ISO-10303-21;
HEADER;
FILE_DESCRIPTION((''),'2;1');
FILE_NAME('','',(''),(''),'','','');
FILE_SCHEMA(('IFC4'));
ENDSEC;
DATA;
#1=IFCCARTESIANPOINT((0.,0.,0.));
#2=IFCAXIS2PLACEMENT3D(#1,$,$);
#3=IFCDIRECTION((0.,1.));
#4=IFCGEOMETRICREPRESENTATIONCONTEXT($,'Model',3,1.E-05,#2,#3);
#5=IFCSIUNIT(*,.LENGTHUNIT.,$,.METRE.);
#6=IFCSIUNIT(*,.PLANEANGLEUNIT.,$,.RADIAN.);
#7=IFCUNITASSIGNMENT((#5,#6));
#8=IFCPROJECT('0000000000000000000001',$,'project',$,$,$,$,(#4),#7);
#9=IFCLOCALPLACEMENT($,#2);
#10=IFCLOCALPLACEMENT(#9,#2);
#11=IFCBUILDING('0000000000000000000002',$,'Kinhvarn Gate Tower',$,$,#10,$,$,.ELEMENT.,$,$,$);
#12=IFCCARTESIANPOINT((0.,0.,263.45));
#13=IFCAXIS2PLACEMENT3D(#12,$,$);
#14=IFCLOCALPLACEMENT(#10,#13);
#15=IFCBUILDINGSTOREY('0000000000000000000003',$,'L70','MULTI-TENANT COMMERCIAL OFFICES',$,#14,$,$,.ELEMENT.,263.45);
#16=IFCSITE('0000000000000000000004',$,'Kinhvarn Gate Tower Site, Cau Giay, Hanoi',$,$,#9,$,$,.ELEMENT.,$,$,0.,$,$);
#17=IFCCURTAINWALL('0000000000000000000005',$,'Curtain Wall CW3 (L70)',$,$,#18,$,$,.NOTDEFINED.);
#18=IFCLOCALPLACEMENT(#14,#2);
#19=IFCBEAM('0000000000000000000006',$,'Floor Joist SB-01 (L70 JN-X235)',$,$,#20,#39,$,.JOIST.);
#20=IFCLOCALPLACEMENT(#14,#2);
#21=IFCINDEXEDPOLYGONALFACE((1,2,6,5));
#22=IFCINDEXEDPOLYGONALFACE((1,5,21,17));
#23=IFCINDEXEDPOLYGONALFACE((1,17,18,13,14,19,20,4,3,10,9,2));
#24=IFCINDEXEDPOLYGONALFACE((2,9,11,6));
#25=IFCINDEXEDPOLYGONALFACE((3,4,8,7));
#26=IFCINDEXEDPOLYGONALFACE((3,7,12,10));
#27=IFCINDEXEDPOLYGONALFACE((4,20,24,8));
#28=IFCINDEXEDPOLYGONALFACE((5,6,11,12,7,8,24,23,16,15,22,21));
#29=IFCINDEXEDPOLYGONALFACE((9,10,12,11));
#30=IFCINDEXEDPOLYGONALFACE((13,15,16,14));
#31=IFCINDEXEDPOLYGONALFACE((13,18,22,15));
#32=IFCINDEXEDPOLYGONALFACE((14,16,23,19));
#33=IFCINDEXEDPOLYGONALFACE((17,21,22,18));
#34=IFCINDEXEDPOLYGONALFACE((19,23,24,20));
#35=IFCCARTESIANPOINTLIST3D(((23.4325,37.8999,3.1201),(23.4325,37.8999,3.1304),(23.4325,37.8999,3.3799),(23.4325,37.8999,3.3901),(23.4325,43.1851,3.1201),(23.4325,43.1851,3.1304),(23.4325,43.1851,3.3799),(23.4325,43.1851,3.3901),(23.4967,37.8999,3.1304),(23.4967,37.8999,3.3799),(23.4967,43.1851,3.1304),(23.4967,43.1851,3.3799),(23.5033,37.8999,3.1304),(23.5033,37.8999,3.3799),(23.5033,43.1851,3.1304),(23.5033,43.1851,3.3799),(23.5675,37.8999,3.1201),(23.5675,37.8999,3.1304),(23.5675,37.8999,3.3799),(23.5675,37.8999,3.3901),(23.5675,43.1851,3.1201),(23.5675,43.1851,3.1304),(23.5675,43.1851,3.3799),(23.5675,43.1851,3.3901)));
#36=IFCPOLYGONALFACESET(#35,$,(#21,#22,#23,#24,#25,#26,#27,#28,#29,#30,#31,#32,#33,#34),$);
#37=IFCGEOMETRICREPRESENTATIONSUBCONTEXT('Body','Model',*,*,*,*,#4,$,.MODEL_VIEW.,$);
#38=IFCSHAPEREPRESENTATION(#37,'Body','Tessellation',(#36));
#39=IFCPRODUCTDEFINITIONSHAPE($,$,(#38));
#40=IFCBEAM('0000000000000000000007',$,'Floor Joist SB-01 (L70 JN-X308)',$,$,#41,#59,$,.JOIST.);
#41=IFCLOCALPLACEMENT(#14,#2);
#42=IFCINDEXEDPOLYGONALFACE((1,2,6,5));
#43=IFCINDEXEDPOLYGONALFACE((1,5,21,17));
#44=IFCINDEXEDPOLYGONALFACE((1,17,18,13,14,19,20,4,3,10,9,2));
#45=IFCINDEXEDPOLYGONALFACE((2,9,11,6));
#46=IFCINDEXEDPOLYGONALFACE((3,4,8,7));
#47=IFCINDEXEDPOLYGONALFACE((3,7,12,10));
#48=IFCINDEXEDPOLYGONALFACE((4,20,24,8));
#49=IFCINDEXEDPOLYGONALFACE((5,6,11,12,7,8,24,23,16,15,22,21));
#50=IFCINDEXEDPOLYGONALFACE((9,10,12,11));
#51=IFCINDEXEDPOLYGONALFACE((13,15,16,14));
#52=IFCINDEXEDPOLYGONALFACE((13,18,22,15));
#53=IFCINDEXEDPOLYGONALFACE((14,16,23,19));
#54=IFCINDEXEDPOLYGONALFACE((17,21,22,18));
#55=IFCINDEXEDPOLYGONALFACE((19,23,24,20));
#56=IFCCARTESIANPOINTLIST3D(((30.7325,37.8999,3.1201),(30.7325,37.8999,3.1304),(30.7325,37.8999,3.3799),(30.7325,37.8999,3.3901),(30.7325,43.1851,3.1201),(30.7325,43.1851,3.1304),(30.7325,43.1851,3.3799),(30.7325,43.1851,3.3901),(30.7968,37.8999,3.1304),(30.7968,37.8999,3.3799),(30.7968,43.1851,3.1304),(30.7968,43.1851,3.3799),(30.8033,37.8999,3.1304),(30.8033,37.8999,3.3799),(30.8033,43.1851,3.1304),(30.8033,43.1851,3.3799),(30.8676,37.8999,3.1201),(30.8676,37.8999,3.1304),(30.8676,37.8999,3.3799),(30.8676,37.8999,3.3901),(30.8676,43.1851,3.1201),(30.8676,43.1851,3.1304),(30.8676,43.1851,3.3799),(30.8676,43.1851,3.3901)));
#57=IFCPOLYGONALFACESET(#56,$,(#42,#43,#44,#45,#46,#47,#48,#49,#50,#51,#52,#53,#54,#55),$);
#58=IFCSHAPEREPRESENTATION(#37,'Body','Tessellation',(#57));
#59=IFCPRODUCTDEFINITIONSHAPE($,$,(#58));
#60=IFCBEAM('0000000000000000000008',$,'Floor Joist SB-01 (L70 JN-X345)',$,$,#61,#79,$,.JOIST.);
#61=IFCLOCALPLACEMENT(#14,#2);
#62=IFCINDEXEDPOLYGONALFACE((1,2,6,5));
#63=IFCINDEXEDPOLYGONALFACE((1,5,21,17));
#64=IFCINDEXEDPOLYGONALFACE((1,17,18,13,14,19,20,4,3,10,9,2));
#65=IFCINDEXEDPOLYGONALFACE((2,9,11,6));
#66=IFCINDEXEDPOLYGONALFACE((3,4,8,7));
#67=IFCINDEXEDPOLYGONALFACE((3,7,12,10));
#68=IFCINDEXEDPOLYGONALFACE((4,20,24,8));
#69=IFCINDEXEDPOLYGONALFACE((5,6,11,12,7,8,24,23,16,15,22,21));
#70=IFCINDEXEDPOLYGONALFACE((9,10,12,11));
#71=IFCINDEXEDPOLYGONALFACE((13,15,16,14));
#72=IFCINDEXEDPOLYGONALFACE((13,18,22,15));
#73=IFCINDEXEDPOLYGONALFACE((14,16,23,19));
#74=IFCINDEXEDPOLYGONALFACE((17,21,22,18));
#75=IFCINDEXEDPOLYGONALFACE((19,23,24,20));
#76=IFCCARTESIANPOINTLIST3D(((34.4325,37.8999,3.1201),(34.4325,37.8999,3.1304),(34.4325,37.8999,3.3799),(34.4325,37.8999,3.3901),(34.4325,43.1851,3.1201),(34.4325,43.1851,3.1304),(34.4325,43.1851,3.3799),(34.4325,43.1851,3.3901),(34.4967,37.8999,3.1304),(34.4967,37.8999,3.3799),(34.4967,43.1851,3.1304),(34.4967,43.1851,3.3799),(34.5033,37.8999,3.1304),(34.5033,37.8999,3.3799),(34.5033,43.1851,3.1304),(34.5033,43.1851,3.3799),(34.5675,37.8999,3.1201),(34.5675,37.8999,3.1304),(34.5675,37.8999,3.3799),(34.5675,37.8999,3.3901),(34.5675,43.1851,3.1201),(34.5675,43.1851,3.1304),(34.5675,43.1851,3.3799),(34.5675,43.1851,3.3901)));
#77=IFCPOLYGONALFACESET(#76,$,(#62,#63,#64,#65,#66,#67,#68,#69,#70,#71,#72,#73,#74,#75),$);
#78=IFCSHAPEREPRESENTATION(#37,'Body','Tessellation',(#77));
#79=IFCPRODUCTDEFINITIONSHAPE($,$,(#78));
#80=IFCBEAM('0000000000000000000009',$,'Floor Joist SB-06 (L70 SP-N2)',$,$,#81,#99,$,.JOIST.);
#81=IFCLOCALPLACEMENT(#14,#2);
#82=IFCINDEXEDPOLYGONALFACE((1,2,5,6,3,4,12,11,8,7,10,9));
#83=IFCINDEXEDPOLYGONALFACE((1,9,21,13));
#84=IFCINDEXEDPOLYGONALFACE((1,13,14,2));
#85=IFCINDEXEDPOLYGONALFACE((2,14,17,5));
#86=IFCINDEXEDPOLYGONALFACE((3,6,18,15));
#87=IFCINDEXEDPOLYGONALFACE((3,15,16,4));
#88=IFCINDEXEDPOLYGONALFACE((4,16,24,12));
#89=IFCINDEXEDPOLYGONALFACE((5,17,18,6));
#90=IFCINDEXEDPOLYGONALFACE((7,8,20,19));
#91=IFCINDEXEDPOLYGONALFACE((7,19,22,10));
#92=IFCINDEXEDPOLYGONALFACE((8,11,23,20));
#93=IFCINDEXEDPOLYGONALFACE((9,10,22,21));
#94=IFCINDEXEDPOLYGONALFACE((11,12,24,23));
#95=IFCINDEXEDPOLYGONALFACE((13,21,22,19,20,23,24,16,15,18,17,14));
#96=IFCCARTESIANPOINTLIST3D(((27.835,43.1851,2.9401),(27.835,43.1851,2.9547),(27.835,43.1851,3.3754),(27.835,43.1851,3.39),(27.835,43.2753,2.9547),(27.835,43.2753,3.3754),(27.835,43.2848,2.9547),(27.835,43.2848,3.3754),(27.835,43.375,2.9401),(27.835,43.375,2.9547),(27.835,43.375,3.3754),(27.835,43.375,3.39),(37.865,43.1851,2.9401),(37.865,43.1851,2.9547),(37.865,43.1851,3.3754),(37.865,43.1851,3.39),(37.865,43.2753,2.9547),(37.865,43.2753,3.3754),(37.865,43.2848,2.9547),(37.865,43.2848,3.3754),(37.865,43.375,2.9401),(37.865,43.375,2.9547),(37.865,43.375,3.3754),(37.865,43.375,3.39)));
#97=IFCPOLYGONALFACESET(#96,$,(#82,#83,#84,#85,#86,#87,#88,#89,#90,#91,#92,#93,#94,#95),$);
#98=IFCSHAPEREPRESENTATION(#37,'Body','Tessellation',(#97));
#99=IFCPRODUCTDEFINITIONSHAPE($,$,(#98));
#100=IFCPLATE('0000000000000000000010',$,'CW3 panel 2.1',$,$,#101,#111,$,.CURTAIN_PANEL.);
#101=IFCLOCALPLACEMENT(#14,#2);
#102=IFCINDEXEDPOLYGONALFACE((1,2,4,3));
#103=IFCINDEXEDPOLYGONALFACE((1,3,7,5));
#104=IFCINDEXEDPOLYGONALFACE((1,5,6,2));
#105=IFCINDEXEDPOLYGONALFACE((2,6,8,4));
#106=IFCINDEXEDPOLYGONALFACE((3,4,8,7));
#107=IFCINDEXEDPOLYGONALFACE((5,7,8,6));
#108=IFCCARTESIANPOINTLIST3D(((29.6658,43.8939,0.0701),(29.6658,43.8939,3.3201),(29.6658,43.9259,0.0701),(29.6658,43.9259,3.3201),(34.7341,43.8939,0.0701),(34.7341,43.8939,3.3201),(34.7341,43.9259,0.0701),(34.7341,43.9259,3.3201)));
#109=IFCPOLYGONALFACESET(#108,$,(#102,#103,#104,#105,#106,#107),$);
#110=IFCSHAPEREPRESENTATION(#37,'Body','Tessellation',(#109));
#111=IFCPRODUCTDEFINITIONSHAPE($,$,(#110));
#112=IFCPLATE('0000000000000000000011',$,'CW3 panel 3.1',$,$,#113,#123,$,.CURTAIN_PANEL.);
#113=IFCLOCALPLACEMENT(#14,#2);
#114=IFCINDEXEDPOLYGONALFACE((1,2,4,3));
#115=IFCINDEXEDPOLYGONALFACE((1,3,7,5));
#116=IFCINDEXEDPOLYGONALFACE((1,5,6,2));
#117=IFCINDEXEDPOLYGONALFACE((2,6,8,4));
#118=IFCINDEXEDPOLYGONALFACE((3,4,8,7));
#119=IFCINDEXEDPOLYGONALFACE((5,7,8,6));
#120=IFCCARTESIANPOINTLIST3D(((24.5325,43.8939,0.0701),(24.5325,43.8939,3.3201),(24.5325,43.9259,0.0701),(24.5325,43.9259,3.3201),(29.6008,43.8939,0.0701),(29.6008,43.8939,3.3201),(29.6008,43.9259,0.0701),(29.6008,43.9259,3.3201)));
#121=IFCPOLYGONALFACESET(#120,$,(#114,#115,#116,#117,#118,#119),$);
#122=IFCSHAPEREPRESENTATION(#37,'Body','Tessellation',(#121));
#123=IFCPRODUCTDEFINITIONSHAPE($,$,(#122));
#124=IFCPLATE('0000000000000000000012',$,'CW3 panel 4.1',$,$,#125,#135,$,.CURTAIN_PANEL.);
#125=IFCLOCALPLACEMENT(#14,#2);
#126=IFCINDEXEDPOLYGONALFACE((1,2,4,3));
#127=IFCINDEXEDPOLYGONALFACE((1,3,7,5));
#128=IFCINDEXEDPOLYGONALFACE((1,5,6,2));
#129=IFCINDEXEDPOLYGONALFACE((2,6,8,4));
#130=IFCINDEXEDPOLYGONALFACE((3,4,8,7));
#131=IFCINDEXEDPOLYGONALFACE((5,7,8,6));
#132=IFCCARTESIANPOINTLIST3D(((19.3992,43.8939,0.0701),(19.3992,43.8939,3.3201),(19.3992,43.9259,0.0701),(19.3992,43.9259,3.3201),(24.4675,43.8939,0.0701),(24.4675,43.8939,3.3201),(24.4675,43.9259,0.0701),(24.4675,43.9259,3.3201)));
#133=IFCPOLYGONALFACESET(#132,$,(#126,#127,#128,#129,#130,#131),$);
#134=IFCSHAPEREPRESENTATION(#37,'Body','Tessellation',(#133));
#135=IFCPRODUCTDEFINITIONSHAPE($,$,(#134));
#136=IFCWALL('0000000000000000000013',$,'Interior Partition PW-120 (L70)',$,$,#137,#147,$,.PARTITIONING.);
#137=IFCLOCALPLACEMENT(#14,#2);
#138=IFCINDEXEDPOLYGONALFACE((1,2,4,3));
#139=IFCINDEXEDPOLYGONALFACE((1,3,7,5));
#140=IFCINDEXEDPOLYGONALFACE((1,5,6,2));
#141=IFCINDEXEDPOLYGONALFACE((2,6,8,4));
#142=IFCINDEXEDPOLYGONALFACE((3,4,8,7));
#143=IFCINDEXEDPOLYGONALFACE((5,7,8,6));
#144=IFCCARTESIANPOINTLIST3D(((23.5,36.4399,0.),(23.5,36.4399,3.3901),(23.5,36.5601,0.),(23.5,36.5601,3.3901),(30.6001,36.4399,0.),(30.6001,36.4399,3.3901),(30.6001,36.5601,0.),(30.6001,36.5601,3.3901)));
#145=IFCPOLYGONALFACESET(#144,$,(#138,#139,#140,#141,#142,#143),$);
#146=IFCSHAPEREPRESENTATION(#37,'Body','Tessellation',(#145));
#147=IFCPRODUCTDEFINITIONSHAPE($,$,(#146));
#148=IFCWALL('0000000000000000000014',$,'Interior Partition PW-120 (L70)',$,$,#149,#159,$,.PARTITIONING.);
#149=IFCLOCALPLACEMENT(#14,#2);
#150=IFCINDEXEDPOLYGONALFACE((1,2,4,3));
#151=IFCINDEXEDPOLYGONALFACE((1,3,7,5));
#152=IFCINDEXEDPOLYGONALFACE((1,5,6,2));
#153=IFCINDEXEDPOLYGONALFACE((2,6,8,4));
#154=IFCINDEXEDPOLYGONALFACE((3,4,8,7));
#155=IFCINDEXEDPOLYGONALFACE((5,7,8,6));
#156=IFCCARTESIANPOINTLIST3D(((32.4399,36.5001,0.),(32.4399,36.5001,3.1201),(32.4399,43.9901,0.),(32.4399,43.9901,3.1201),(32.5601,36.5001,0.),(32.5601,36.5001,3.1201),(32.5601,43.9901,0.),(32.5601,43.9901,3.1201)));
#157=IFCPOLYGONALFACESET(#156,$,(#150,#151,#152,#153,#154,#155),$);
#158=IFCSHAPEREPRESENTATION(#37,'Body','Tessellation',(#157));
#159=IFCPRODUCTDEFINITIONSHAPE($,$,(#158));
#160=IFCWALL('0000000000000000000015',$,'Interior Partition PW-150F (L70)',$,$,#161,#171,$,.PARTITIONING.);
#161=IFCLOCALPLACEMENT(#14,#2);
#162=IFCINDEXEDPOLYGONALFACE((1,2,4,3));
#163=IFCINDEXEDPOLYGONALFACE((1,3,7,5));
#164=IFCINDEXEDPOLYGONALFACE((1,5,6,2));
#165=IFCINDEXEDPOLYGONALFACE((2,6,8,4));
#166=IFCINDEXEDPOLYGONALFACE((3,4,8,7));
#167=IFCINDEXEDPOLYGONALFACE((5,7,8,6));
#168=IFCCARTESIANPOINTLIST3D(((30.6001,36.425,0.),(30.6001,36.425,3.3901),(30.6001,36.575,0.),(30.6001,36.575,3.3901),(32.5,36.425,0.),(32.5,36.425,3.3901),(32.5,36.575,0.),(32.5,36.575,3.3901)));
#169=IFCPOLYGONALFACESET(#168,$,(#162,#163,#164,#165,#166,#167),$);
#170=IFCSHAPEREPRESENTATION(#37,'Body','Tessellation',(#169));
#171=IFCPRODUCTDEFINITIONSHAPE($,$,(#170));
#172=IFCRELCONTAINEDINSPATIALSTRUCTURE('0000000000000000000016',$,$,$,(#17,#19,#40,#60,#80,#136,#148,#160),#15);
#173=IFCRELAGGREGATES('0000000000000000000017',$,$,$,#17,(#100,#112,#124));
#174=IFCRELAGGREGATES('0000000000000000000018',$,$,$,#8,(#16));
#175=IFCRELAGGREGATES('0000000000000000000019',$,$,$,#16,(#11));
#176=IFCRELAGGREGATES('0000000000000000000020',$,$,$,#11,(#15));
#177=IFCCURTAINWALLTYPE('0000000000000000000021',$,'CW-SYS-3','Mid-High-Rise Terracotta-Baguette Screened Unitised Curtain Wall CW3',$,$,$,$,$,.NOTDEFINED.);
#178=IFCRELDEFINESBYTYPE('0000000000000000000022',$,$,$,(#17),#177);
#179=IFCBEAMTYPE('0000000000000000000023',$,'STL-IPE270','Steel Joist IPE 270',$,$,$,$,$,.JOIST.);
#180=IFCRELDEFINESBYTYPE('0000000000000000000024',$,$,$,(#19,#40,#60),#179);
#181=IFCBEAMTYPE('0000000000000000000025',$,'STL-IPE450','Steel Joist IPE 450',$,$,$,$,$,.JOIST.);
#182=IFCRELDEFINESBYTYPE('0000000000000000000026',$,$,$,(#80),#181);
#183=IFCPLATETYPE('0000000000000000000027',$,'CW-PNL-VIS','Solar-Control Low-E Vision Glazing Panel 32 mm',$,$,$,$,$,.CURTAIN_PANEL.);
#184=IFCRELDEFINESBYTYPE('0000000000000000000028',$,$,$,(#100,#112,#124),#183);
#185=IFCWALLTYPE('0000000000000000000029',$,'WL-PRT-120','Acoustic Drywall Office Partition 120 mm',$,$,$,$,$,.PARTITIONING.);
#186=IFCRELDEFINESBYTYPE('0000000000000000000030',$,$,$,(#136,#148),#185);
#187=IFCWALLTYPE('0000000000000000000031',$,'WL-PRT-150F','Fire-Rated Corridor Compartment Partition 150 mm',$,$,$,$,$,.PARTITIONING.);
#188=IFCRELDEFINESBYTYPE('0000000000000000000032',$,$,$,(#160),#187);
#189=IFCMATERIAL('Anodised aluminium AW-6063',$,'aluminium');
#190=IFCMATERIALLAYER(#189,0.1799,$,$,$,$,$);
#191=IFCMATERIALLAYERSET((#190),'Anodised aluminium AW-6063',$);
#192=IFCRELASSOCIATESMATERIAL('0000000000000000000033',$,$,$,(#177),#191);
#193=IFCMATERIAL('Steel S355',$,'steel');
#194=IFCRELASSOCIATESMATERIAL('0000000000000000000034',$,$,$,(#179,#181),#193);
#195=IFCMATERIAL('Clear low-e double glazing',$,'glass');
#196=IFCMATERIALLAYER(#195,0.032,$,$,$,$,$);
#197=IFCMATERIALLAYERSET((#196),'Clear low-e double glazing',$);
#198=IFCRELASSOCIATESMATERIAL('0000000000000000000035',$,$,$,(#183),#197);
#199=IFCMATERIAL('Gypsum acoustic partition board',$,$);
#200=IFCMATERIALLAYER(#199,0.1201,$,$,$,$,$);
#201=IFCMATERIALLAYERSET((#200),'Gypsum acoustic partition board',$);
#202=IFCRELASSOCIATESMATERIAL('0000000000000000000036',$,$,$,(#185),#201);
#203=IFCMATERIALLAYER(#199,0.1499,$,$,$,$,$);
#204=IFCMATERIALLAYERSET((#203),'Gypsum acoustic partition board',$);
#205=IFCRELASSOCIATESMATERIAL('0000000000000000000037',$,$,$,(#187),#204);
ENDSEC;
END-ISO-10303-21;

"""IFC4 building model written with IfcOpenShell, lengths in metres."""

from ifc_helpers import new_model, si_unit, direction, frame, frame_2d, origin, origin_2d, place, context, subcontext, project, spatial, rectangle, i_section, extrude, material, layer, layer_set, material_profile, profile_set, type_object, element, aggregate, save


model = new_model("IFC4")

# Units and contexts
model_context = context("Model", 3, precision=1e-05, world=origin(), true_north=direction((0.0, 1.0)))
body_context = subcontext(model_context, "Body", "Model", "MODEL_VIEW")
ifc_project = project(units=[si_unit("LENGTHUNIT", "METRE"), si_unit("PLANEANGLEUNIT", "RADIAN")], contexts=[model_context])

# Site, building, storey
site_placement = place(None, origin())
site = spatial("IfcSite", under=ifc_project, at=site_placement, Name="Kinhvarn Gate Tower Site, Cau Giay, Hanoi", CompositionType="ELEMENT", RefElevation=0.0)
building_placement = place(site_placement, origin())
building = spatial("IfcBuilding", under=site, at=building_placement, Name="Kinhvarn Gate Tower", CompositionType="ELEMENT")
storey_placement = place(building_placement, frame((0.0, 0.0, 263.45)))
storey = spatial("IfcBuildingStorey", under=building, at=storey_placement, Name="L70", Description="MULTI-TENANT COMMERCIAL OFFICES", CompositionType="ELEMENT", Elevation=263.45)

# Curtain wall
ifc_material_1 = material(Name="Anodised aluminium AW-6063", Category="aluminium")
ifc_layer_1 = layer(ifc_material_1, 0.1799)
ifc_layer_set_1 = layer_set([ifc_layer_1], Name="Anodised aluminium AW-6063")
curtain_wall_type = type_object("IfcCurtainWallType", Name="CW-SYS-3", Description="Mid-High-Rise Terracotta-Baguette Screened Unitised Curtain Wall CW3", PredefinedType="NOTDEFINED", material=ifc_layer_set_1)
curtain_wall_placement = place(storey_placement, origin())
curtain_wall = element("IfcCurtainWall", 1, at=curtain_wall_placement, inside=storey, type_object=curtain_wall_type, Name="Curtain Wall CW3 (L70)", PredefinedType="NOTDEFINED")

# Beams
ifc_material_2 = material(Name="Steel S355", Category="steel")
ifc_material_profile_1 = material_profile(ifc_material_2, i_section(OverallWidth=0.135, OverallDepth=0.27, WebThickness=0.0066, FlangeThickness=0.0103, at=origin_2d()), Name="IPE 270")
ifc_profile_set_1 = profile_set([ifc_material_profile_1], Name="Steel S355")
beam_type_1 = type_object("IfcBeamType", Name="STL-IPE270", Description="Steel Joist IPE 270", PredefinedType="JOIST", material=ifc_profile_set_1)
for number, where, z_axis, x_axis, name in (
    (2, (23.5, 37.8999, 3.2551), (0.0, 1.0, 0.0), (-1.0, 0.0, 0.0), "Floor Joist SB-01 (L70 JN-X235)"),
    (3, (30.8, 37.8999, 3.2551), (0.0, 1.0, 0.0), (-1.0, 0.0, 0.0), "Floor Joist SB-01 (L70 JN-X308)"),
    (4, (34.5, 37.8999, 3.2551), (0.0, 1.0, 0.0), (-1.0, 0.0, 0.0), "Floor Joist SB-01 (L70 JN-X345)"),
):
    element("IfcBeam", number, at=place(storey_placement, frame(where, z_axis=z_axis, x_axis=x_axis)), inside=storey, type_object=beam_type_1, Name=name, PredefinedType="JOIST", context=body_context, shape_type="SweptSolid", body=[
        extrude(i_section(OverallWidth=0.135, OverallDepth=0.27, WebThickness=0.0066, FlangeThickness=0.0103, at=origin_2d()), origin(), (0.0, 0.0, 1.0), 5.2852),
    ])
ifc_material_profile_2 = material_profile(ifc_material_2, i_section(OverallWidth=0.1899, OverallDepth=0.45, WebThickness=0.0095, FlangeThickness=0.0146, at=origin_2d()), Name="IPE 450")
ifc_profile_set_2 = profile_set([ifc_material_profile_2], Name="Steel S355")
beam_type_2 = type_object("IfcBeamType", Name="STL-IPE450", Description="Steel Joist IPE 450", PredefinedType="JOIST", material=ifc_profile_set_2)
beam_1_placement = place(storey_placement, frame((27.835, 43.28, 3.165), z_axis=(1.0, 0.0, 0.0), x_axis=(0.0, 1.0, 0.0)))
element("IfcBeam", 5, at=beam_1_placement, inside=storey, type_object=beam_type_2, Name="Floor Joist SB-06 (L70 SP-N2)", PredefinedType="JOIST", context=body_context, shape_type="SweptSolid", body=[
    extrude(i_section(OverallWidth=0.1899, OverallDepth=0.45, WebThickness=0.0095, FlangeThickness=0.0146, at=origin_2d()), origin(), (0.0, 0.0, 1.0), 10.03),
])

# Plates
ifc_material_3 = material(Name="Clear low-e double glazing", Category="glass")
ifc_layer_2 = layer(ifc_material_3, 0.032)
ifc_layer_set_2 = layer_set([ifc_layer_2], Name="Clear low-e double glazing")
plate_type = type_object("IfcPlateType", Name="CW-PNL-VIS", Description="Solar-Control Low-E Vision Glazing Panel 32 mm", PredefinedType="CURTAIN_PANEL", material=ifc_layer_set_2)
plate_1_placement = place(storey_placement, frame((32.2, 43.9099, 0.0701), z_axis=(0.0, 0.0, 1.0), x_axis=(-1.0, 0.0, 0.0)))
plate_1 = element("IfcPlate", 6, at=plate_1_placement, type_object=plate_type, Name="CW3 panel 2.1", PredefinedType="CURTAIN_PANEL", context=body_context, shape_type="SweptSolid", body=[
    extrude(rectangle(XDim=5.0684, YDim=0.032, at=origin_2d()), origin(), (0.0, 0.0, 1.0), 3.25),
])
plate_2_placement = place(storey_placement, frame((27.0667, 43.9099, 0.0701), z_axis=(0.0, 0.0, 1.0), x_axis=(-1.0, 0.0, 0.0)))
plate_2 = element("IfcPlate", 7, at=plate_2_placement, type_object=plate_type, Name="CW3 panel 3.1", PredefinedType="CURTAIN_PANEL", context=body_context, shape_type="SweptSolid", body=[
    extrude(rectangle(XDim=5.0684, YDim=0.032, at=origin_2d()), origin(), (0.0, 0.0, 1.0), 3.25),
])
plate_3_placement = place(storey_placement, frame((21.9333, 43.9099, 0.0701), z_axis=(0.0, 0.0, 1.0), x_axis=(-1.0, 0.0, 0.0)))
plate_3 = element("IfcPlate", 8, at=plate_3_placement, type_object=plate_type, Name="CW3 panel 4.1", PredefinedType="CURTAIN_PANEL", context=body_context, shape_type="SweptSolid", body=[
    extrude(rectangle(XDim=5.0684, YDim=0.032, at=origin_2d()), origin(), (0.0, 0.0, 1.0), 3.25),
])
aggregate(curtain_wall, [plate_1, plate_2, plate_3])

# Walls
ifc_material_4 = material(Name="Gypsum acoustic partition board")
ifc_layer_3 = layer(ifc_material_4, 0.1201)
ifc_layer_set_3 = layer_set([ifc_layer_3], Name="Gypsum acoustic partition board")
wall_type_1 = type_object("IfcWallType", Name="WL-PRT-120", Description="Acoustic Drywall Office Partition 120 mm", PredefinedType="PARTITIONING", material=ifc_layer_set_3)
wall_1_placement = place(storey_placement, frame((23.5, 36.5, 0.0), z_axis=(0.0, 0.0, 1.0), x_axis=(1.0, 0.0, 0.0)))
element("IfcWall", 9, at=wall_1_placement, inside=storey, type_object=wall_type_1, Name="Interior Partition PW-120 (L70)", PredefinedType="PARTITIONING", context=body_context, shape_type="SweptSolid", body=[
    extrude(rectangle(XDim=7.1001, YDim=0.1201, at=frame_2d((3.55, 0.0))), origin(), (0.0, 0.0, 1.0), 3.3901),
])
wall_2_placement = place(storey_placement, frame((32.5, 36.5, 0.0), z_axis=(0.0, 0.0, 1.0), x_axis=(0.0, 1.0, 0.0)))
element("IfcWall", 10, at=wall_2_placement, inside=storey, type_object=wall_type_1, Name="Interior Partition PW-120 (L70)", PredefinedType="PARTITIONING", context=body_context, shape_type="SweptSolid", body=[
    extrude(rectangle(XDim=7.49, YDim=0.1201, at=frame_2d((3.7451, 0.0))), origin(), (0.0, 0.0, 1.0), 3.1201),
])
ifc_layer_4 = layer(ifc_material_4, 0.1499)
ifc_layer_set_4 = layer_set([ifc_layer_4], Name="Gypsum acoustic partition board")
wall_type_2 = type_object("IfcWallType", Name="WL-PRT-150F", Description="Fire-Rated Corridor Compartment Partition 150 mm", PredefinedType="PARTITIONING", material=ifc_layer_set_4)
wall_3_placement = place(storey_placement, frame((30.6001, 36.5, 0.0), z_axis=(0.0, 0.0, 1.0), x_axis=(1.0, 0.0, 0.0)))
element("IfcWall", 11, at=wall_3_placement, inside=storey, type_object=wall_type_2, Name="Interior Partition PW-150F (L70)", PredefinedType="PARTITIONING", context=body_context, shape_type="SweptSolid", body=[
    extrude(rectangle(XDim=1.8999, YDim=0.1499, at=frame_2d((0.95, 0.0))), origin(), (0.0, 0.0, 1.0), 3.3901),
])

save(model, "model.ifc")
